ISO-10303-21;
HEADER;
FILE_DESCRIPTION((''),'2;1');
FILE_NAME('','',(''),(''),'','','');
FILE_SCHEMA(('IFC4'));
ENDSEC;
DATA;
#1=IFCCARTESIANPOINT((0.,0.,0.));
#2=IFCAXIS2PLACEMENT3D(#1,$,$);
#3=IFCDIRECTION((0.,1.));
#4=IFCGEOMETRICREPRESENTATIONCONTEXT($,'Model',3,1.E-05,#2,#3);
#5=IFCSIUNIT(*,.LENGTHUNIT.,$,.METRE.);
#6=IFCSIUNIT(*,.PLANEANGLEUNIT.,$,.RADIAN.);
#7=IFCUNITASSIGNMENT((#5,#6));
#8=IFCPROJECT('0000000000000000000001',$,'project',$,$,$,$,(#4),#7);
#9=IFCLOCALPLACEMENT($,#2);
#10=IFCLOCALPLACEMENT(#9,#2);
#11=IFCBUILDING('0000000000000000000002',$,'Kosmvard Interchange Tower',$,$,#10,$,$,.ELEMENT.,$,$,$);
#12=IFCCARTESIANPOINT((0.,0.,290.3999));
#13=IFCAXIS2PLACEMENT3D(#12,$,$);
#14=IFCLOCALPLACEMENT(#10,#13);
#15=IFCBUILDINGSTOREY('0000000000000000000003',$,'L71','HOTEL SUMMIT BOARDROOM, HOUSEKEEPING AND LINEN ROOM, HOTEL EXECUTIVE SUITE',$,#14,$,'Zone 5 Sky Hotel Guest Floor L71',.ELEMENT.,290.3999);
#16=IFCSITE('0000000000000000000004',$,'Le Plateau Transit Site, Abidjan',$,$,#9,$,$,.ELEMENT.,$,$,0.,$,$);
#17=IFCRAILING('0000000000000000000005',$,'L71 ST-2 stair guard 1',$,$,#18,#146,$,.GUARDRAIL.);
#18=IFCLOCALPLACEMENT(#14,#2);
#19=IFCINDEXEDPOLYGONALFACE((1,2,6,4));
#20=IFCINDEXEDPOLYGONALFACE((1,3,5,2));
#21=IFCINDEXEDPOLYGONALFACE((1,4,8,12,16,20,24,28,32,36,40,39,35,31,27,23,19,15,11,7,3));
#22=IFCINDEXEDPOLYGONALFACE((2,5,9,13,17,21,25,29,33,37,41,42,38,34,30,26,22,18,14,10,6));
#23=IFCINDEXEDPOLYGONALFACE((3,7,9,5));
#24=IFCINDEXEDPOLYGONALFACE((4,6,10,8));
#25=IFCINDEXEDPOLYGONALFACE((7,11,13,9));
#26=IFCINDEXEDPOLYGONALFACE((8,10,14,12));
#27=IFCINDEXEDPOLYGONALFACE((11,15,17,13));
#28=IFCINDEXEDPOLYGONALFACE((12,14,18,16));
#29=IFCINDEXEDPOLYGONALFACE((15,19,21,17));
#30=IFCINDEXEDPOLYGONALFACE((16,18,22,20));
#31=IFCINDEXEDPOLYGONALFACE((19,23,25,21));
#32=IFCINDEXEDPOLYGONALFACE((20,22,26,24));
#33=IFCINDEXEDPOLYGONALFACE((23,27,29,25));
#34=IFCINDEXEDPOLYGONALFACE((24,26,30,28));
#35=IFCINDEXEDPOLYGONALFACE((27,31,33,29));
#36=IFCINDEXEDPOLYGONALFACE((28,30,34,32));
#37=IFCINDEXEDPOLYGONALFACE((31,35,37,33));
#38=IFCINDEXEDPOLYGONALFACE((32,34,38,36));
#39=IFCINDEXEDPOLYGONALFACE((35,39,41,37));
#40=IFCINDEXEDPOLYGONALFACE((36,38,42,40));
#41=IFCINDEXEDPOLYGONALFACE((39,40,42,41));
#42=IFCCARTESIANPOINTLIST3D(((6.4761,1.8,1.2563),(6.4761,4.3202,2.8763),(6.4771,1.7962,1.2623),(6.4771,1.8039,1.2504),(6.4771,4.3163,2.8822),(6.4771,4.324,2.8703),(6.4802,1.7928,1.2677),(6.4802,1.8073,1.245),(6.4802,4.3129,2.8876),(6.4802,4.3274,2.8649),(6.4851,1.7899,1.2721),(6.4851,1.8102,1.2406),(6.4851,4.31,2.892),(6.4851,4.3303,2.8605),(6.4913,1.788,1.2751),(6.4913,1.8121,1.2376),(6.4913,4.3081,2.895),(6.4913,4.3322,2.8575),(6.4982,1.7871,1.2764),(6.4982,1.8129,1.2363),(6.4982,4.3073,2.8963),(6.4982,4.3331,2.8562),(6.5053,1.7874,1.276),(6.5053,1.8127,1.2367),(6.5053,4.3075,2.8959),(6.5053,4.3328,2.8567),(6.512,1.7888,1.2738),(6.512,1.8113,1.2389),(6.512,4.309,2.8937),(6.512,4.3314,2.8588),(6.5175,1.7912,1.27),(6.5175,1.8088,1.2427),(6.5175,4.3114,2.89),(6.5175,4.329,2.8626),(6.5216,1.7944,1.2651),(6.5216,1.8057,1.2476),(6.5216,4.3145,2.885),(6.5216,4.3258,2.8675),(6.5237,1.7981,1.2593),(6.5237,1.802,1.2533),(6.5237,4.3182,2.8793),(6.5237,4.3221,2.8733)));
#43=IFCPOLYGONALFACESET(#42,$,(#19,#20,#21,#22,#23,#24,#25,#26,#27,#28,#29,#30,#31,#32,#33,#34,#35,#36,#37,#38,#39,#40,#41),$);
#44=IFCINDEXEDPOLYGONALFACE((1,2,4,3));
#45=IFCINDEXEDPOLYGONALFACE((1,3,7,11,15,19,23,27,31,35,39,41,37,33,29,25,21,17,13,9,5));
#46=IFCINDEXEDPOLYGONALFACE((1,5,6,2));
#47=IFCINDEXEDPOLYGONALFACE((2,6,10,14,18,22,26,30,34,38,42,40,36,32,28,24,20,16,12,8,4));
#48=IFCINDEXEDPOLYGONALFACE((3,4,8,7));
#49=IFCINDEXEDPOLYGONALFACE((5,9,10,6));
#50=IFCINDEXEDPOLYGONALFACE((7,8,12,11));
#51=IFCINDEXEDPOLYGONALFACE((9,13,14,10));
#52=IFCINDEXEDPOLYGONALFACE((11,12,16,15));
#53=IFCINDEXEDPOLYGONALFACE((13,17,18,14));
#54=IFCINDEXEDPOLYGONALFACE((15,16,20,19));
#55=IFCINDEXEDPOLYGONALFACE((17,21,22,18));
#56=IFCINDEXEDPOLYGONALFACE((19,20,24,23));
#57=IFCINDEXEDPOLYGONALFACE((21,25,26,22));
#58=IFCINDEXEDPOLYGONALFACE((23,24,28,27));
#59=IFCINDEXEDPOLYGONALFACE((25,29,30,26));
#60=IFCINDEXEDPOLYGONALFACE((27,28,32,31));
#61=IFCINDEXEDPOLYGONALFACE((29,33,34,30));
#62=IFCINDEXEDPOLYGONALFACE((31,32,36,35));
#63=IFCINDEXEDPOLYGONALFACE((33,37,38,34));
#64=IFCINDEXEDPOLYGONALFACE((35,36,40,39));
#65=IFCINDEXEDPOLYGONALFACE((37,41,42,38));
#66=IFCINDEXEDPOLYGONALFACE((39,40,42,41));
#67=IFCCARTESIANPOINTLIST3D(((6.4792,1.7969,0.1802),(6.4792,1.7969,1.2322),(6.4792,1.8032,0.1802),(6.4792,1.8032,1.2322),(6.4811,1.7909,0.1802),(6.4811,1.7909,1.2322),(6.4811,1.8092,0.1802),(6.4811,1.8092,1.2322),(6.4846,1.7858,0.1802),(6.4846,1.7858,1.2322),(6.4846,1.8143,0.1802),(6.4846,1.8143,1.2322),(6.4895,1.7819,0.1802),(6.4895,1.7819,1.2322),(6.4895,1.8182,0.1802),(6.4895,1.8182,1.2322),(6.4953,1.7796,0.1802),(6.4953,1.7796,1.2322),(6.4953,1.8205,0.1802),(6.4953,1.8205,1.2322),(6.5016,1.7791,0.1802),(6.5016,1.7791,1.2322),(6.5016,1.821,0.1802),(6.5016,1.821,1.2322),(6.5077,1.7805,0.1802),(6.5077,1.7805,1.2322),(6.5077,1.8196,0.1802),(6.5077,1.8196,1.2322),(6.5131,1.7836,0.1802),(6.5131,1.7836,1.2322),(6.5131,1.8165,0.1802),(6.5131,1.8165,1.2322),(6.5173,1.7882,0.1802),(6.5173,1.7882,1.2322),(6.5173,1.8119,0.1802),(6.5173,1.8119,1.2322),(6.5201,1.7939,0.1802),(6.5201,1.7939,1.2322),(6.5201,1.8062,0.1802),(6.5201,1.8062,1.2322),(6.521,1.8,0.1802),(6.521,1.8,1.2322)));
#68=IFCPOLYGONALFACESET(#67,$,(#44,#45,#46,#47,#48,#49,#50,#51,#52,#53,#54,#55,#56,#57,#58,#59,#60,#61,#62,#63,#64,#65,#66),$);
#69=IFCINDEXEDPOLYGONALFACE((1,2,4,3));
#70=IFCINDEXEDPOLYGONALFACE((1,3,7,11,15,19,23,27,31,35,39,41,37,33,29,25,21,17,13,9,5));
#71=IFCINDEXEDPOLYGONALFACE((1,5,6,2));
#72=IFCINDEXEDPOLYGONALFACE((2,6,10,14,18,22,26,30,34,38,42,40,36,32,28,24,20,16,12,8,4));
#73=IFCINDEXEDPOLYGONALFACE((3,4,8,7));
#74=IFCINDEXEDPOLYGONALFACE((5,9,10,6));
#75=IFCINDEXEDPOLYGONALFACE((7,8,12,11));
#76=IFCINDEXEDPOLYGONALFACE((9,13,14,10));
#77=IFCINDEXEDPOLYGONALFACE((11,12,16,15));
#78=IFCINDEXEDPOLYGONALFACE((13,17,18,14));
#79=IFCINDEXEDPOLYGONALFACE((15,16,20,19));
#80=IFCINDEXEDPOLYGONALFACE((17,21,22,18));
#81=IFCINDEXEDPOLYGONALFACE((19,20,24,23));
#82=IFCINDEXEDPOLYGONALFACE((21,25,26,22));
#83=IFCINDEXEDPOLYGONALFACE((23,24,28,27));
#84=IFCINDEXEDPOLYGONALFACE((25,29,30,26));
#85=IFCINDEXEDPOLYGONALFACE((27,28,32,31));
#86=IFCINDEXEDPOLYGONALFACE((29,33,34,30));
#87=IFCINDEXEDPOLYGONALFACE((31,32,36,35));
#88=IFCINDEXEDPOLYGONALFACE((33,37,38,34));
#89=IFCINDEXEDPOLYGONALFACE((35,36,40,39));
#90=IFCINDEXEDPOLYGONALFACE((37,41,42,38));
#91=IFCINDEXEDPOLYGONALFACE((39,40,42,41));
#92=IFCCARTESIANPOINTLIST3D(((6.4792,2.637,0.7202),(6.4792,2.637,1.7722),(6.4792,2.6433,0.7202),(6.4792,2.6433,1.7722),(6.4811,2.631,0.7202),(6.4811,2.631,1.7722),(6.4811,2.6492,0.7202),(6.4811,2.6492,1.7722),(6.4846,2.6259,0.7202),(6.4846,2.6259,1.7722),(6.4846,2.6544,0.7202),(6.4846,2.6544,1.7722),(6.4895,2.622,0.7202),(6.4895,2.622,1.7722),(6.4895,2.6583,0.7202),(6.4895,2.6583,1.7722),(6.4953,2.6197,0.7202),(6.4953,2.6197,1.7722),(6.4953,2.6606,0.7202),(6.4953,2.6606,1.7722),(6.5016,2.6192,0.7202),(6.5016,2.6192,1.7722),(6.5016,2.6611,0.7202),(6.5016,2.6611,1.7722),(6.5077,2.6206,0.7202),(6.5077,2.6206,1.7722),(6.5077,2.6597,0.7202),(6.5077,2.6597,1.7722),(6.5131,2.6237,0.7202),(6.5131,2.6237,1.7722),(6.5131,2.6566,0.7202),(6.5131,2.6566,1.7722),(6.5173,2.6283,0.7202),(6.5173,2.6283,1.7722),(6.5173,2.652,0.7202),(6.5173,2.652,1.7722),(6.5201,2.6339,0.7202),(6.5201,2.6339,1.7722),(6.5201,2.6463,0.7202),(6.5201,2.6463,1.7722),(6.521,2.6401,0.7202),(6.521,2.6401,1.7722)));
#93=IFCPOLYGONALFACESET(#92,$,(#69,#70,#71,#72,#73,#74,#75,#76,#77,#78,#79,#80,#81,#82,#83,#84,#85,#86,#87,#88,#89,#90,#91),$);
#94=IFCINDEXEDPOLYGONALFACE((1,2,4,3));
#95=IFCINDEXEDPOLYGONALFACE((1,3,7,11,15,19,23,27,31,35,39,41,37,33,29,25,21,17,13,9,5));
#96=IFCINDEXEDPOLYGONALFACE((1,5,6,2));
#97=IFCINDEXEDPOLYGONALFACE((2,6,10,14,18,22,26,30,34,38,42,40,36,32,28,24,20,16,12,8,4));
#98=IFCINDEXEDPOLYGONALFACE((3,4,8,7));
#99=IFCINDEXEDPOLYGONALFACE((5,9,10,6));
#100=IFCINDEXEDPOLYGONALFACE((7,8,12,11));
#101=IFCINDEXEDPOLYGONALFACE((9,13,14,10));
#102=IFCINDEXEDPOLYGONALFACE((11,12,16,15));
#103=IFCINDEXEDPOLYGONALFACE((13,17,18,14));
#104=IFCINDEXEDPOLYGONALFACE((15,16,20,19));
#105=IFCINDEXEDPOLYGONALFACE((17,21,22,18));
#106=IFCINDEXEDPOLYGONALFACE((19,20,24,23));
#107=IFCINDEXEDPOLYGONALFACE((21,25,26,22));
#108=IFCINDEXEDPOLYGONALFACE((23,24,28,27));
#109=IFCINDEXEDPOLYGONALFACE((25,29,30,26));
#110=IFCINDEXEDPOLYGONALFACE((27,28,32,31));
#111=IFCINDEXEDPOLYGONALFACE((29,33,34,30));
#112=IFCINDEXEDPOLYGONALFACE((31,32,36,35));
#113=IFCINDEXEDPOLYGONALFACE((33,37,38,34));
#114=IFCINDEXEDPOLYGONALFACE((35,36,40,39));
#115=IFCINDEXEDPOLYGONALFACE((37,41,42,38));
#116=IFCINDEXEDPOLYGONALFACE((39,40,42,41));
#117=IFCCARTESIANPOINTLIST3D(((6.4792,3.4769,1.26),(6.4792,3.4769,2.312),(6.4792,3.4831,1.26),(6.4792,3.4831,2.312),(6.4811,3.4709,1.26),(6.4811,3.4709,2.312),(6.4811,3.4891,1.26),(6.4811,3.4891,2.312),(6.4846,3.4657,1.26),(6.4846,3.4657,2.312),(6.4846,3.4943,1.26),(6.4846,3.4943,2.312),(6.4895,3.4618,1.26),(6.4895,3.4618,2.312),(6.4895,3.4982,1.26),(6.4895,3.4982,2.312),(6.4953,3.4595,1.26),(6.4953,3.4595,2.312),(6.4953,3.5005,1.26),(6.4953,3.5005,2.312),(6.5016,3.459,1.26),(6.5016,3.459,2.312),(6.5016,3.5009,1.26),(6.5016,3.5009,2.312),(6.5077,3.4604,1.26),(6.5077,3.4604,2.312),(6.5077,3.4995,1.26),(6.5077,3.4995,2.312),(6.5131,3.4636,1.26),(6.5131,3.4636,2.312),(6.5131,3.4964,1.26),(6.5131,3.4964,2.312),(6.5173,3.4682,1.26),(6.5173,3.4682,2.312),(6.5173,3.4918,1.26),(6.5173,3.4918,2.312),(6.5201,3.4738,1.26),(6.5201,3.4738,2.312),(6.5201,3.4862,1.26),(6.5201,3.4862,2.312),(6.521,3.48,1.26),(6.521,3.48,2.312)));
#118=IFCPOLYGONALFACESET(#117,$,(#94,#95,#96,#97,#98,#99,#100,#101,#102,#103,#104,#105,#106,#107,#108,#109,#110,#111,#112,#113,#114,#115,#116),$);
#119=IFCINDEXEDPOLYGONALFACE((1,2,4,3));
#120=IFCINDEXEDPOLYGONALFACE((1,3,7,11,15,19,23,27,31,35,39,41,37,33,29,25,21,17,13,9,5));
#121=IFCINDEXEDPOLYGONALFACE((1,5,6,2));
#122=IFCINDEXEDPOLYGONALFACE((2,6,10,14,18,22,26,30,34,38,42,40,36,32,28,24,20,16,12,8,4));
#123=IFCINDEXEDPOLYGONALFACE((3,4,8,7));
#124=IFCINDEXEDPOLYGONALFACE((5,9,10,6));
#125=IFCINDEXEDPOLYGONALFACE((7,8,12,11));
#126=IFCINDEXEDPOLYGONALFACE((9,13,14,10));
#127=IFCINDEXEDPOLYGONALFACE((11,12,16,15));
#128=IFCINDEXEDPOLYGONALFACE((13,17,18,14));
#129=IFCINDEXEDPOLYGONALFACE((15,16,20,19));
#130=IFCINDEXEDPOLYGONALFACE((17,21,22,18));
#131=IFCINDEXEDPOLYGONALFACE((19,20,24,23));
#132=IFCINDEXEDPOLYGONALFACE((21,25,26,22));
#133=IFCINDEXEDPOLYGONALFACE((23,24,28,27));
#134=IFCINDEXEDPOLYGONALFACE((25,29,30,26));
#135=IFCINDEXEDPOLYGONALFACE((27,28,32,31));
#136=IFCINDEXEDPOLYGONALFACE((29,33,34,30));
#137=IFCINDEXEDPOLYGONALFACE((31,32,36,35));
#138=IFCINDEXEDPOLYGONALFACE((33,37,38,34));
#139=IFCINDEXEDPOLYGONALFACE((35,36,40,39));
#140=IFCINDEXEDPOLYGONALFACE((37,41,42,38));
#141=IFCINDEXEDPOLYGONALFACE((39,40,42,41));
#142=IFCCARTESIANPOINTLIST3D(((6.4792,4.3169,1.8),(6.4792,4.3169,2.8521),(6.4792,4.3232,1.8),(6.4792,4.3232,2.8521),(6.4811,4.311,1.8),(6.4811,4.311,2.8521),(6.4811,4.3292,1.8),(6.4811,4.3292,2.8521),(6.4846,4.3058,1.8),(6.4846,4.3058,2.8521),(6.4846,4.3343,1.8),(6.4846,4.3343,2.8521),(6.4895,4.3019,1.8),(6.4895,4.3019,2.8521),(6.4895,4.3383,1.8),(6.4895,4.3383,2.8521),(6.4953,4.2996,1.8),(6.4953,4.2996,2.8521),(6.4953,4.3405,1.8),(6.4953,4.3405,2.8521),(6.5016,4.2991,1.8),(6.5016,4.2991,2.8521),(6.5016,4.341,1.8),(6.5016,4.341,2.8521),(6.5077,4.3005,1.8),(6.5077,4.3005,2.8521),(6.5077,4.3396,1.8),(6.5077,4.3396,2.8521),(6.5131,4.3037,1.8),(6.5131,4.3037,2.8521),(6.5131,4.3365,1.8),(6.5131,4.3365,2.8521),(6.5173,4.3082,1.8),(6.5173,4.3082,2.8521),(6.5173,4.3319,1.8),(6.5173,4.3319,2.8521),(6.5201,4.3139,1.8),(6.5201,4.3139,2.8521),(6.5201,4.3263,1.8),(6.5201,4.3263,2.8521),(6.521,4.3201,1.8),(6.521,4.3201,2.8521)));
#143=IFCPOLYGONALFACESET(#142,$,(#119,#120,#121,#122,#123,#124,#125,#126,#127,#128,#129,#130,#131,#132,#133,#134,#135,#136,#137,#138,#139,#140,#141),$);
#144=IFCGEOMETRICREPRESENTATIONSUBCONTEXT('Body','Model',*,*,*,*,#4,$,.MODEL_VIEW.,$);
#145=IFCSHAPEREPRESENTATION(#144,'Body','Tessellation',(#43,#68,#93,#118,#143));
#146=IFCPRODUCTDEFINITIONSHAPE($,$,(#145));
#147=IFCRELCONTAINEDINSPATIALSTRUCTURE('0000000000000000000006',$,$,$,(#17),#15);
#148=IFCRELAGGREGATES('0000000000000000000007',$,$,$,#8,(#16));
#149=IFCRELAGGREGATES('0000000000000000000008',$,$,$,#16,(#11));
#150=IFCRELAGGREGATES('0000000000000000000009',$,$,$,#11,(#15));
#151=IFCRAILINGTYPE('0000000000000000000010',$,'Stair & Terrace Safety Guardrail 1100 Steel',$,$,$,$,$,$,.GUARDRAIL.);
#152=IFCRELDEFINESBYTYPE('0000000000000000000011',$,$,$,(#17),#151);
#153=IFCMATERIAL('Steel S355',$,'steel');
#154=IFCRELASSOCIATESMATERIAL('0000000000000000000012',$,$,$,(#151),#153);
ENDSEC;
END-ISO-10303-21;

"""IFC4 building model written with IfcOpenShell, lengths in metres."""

from ifc_helpers import new_model, si_unit, direction, frame, origin, origin_2d, place, context, subcontext, project, spatial, circle, extrude, source, transform, mapped, material, type_object, element, save


model = new_model("IFC4")

# Units and contexts
model_context = context("Model", 3, precision=1e-05, world=origin(), true_north=direction((0.0, 1.0)))
body_context = subcontext(model_context, "Body", "Model", "MODEL_VIEW")
ifc_project = project(units=[si_unit("LENGTHUNIT", "METRE"), si_unit("PLANEANGLEUNIT", "RADIAN")], contexts=[model_context])

# Site, building, storey
site_placement = place(None, origin())
site = spatial("IfcSite", under=ifc_project, at=site_placement, Name="Le Plateau Transit Site, Abidjan", CompositionType="ELEMENT", RefElevation=0.0)
building_placement = place(site_placement, origin())
building = spatial("IfcBuilding", under=site, at=building_placement, Name="Kosmvard Interchange Tower", CompositionType="ELEMENT")
storey_placement = place(building_placement, frame((0.0, 0.0, 290.3999)))
storey = spatial("IfcBuildingStorey", under=building, at=storey_placement, Name="L71", Description="HOTEL SUMMIT BOARDROOM, HOUSEKEEPING AND LINEN ROOM, HOTEL EXECUTIVE SUITE", LongName="Zone 5 Sky Hotel Guest Floor L71", CompositionType="ELEMENT", Elevation=290.3999)

# Shared definitions
ifc_material_1 = material(Name="Steel S355", Category="steel")

# Railing
railing_type_1 = type_object("IfcRailingType", Name="Stair & Terrace Safety Guardrail 1100 Steel", PredefinedType="GUARDRAIL", material=ifc_material_1)
shared_shape_1 = source(origin(), body_context, "Body", "SweptSolid", [
    extrude(circle(Radius=0.0239, at=origin_2d()), frame((0.0, 0.0, 1.0762), z_axis=(0.0, 0.8412, 0.540725), x_axis=(-1.0, 0.0, 0.0)), (0.0, 0.0, 1.0), 2.9958),
    extrude(circle(Radius=0.021, at=origin_2d()), origin(), (0.0, 0.0, 1.0), 1.052),
    extrude(circle(Radius=0.021, at=origin_2d()), frame((0.0, 0.8401, 0.54)), (0.0, 0.0, 1.0), 1.052),
    extrude(circle(Radius=0.021, at=origin_2d()), frame((0.0, 1.6799, 1.0798)), (0.0, 0.0, 1.0), 1.052),
    extrude(circle(Radius=0.021, at=origin_2d()), frame((0.0, 2.52, 1.6199)), (0.0, 0.0, 1.0), 1.052),
])
railing_1_placement = place(storey_placement, frame((6.5, 1.8, 0.1802)))
element("IfcRailing", 1, at=railing_1_placement, inside=storey, type_object=railing_type_1, Name="L71 ST-2 stair guard 1", PredefinedType="GUARDRAIL", context=body_context, shape_type="MappedRepresentation", body=[
    mapped(shared_shape_1, transform((0.0, 0.0, 0.0), scale=1.0)),
])

save(model, "model.ifc")
